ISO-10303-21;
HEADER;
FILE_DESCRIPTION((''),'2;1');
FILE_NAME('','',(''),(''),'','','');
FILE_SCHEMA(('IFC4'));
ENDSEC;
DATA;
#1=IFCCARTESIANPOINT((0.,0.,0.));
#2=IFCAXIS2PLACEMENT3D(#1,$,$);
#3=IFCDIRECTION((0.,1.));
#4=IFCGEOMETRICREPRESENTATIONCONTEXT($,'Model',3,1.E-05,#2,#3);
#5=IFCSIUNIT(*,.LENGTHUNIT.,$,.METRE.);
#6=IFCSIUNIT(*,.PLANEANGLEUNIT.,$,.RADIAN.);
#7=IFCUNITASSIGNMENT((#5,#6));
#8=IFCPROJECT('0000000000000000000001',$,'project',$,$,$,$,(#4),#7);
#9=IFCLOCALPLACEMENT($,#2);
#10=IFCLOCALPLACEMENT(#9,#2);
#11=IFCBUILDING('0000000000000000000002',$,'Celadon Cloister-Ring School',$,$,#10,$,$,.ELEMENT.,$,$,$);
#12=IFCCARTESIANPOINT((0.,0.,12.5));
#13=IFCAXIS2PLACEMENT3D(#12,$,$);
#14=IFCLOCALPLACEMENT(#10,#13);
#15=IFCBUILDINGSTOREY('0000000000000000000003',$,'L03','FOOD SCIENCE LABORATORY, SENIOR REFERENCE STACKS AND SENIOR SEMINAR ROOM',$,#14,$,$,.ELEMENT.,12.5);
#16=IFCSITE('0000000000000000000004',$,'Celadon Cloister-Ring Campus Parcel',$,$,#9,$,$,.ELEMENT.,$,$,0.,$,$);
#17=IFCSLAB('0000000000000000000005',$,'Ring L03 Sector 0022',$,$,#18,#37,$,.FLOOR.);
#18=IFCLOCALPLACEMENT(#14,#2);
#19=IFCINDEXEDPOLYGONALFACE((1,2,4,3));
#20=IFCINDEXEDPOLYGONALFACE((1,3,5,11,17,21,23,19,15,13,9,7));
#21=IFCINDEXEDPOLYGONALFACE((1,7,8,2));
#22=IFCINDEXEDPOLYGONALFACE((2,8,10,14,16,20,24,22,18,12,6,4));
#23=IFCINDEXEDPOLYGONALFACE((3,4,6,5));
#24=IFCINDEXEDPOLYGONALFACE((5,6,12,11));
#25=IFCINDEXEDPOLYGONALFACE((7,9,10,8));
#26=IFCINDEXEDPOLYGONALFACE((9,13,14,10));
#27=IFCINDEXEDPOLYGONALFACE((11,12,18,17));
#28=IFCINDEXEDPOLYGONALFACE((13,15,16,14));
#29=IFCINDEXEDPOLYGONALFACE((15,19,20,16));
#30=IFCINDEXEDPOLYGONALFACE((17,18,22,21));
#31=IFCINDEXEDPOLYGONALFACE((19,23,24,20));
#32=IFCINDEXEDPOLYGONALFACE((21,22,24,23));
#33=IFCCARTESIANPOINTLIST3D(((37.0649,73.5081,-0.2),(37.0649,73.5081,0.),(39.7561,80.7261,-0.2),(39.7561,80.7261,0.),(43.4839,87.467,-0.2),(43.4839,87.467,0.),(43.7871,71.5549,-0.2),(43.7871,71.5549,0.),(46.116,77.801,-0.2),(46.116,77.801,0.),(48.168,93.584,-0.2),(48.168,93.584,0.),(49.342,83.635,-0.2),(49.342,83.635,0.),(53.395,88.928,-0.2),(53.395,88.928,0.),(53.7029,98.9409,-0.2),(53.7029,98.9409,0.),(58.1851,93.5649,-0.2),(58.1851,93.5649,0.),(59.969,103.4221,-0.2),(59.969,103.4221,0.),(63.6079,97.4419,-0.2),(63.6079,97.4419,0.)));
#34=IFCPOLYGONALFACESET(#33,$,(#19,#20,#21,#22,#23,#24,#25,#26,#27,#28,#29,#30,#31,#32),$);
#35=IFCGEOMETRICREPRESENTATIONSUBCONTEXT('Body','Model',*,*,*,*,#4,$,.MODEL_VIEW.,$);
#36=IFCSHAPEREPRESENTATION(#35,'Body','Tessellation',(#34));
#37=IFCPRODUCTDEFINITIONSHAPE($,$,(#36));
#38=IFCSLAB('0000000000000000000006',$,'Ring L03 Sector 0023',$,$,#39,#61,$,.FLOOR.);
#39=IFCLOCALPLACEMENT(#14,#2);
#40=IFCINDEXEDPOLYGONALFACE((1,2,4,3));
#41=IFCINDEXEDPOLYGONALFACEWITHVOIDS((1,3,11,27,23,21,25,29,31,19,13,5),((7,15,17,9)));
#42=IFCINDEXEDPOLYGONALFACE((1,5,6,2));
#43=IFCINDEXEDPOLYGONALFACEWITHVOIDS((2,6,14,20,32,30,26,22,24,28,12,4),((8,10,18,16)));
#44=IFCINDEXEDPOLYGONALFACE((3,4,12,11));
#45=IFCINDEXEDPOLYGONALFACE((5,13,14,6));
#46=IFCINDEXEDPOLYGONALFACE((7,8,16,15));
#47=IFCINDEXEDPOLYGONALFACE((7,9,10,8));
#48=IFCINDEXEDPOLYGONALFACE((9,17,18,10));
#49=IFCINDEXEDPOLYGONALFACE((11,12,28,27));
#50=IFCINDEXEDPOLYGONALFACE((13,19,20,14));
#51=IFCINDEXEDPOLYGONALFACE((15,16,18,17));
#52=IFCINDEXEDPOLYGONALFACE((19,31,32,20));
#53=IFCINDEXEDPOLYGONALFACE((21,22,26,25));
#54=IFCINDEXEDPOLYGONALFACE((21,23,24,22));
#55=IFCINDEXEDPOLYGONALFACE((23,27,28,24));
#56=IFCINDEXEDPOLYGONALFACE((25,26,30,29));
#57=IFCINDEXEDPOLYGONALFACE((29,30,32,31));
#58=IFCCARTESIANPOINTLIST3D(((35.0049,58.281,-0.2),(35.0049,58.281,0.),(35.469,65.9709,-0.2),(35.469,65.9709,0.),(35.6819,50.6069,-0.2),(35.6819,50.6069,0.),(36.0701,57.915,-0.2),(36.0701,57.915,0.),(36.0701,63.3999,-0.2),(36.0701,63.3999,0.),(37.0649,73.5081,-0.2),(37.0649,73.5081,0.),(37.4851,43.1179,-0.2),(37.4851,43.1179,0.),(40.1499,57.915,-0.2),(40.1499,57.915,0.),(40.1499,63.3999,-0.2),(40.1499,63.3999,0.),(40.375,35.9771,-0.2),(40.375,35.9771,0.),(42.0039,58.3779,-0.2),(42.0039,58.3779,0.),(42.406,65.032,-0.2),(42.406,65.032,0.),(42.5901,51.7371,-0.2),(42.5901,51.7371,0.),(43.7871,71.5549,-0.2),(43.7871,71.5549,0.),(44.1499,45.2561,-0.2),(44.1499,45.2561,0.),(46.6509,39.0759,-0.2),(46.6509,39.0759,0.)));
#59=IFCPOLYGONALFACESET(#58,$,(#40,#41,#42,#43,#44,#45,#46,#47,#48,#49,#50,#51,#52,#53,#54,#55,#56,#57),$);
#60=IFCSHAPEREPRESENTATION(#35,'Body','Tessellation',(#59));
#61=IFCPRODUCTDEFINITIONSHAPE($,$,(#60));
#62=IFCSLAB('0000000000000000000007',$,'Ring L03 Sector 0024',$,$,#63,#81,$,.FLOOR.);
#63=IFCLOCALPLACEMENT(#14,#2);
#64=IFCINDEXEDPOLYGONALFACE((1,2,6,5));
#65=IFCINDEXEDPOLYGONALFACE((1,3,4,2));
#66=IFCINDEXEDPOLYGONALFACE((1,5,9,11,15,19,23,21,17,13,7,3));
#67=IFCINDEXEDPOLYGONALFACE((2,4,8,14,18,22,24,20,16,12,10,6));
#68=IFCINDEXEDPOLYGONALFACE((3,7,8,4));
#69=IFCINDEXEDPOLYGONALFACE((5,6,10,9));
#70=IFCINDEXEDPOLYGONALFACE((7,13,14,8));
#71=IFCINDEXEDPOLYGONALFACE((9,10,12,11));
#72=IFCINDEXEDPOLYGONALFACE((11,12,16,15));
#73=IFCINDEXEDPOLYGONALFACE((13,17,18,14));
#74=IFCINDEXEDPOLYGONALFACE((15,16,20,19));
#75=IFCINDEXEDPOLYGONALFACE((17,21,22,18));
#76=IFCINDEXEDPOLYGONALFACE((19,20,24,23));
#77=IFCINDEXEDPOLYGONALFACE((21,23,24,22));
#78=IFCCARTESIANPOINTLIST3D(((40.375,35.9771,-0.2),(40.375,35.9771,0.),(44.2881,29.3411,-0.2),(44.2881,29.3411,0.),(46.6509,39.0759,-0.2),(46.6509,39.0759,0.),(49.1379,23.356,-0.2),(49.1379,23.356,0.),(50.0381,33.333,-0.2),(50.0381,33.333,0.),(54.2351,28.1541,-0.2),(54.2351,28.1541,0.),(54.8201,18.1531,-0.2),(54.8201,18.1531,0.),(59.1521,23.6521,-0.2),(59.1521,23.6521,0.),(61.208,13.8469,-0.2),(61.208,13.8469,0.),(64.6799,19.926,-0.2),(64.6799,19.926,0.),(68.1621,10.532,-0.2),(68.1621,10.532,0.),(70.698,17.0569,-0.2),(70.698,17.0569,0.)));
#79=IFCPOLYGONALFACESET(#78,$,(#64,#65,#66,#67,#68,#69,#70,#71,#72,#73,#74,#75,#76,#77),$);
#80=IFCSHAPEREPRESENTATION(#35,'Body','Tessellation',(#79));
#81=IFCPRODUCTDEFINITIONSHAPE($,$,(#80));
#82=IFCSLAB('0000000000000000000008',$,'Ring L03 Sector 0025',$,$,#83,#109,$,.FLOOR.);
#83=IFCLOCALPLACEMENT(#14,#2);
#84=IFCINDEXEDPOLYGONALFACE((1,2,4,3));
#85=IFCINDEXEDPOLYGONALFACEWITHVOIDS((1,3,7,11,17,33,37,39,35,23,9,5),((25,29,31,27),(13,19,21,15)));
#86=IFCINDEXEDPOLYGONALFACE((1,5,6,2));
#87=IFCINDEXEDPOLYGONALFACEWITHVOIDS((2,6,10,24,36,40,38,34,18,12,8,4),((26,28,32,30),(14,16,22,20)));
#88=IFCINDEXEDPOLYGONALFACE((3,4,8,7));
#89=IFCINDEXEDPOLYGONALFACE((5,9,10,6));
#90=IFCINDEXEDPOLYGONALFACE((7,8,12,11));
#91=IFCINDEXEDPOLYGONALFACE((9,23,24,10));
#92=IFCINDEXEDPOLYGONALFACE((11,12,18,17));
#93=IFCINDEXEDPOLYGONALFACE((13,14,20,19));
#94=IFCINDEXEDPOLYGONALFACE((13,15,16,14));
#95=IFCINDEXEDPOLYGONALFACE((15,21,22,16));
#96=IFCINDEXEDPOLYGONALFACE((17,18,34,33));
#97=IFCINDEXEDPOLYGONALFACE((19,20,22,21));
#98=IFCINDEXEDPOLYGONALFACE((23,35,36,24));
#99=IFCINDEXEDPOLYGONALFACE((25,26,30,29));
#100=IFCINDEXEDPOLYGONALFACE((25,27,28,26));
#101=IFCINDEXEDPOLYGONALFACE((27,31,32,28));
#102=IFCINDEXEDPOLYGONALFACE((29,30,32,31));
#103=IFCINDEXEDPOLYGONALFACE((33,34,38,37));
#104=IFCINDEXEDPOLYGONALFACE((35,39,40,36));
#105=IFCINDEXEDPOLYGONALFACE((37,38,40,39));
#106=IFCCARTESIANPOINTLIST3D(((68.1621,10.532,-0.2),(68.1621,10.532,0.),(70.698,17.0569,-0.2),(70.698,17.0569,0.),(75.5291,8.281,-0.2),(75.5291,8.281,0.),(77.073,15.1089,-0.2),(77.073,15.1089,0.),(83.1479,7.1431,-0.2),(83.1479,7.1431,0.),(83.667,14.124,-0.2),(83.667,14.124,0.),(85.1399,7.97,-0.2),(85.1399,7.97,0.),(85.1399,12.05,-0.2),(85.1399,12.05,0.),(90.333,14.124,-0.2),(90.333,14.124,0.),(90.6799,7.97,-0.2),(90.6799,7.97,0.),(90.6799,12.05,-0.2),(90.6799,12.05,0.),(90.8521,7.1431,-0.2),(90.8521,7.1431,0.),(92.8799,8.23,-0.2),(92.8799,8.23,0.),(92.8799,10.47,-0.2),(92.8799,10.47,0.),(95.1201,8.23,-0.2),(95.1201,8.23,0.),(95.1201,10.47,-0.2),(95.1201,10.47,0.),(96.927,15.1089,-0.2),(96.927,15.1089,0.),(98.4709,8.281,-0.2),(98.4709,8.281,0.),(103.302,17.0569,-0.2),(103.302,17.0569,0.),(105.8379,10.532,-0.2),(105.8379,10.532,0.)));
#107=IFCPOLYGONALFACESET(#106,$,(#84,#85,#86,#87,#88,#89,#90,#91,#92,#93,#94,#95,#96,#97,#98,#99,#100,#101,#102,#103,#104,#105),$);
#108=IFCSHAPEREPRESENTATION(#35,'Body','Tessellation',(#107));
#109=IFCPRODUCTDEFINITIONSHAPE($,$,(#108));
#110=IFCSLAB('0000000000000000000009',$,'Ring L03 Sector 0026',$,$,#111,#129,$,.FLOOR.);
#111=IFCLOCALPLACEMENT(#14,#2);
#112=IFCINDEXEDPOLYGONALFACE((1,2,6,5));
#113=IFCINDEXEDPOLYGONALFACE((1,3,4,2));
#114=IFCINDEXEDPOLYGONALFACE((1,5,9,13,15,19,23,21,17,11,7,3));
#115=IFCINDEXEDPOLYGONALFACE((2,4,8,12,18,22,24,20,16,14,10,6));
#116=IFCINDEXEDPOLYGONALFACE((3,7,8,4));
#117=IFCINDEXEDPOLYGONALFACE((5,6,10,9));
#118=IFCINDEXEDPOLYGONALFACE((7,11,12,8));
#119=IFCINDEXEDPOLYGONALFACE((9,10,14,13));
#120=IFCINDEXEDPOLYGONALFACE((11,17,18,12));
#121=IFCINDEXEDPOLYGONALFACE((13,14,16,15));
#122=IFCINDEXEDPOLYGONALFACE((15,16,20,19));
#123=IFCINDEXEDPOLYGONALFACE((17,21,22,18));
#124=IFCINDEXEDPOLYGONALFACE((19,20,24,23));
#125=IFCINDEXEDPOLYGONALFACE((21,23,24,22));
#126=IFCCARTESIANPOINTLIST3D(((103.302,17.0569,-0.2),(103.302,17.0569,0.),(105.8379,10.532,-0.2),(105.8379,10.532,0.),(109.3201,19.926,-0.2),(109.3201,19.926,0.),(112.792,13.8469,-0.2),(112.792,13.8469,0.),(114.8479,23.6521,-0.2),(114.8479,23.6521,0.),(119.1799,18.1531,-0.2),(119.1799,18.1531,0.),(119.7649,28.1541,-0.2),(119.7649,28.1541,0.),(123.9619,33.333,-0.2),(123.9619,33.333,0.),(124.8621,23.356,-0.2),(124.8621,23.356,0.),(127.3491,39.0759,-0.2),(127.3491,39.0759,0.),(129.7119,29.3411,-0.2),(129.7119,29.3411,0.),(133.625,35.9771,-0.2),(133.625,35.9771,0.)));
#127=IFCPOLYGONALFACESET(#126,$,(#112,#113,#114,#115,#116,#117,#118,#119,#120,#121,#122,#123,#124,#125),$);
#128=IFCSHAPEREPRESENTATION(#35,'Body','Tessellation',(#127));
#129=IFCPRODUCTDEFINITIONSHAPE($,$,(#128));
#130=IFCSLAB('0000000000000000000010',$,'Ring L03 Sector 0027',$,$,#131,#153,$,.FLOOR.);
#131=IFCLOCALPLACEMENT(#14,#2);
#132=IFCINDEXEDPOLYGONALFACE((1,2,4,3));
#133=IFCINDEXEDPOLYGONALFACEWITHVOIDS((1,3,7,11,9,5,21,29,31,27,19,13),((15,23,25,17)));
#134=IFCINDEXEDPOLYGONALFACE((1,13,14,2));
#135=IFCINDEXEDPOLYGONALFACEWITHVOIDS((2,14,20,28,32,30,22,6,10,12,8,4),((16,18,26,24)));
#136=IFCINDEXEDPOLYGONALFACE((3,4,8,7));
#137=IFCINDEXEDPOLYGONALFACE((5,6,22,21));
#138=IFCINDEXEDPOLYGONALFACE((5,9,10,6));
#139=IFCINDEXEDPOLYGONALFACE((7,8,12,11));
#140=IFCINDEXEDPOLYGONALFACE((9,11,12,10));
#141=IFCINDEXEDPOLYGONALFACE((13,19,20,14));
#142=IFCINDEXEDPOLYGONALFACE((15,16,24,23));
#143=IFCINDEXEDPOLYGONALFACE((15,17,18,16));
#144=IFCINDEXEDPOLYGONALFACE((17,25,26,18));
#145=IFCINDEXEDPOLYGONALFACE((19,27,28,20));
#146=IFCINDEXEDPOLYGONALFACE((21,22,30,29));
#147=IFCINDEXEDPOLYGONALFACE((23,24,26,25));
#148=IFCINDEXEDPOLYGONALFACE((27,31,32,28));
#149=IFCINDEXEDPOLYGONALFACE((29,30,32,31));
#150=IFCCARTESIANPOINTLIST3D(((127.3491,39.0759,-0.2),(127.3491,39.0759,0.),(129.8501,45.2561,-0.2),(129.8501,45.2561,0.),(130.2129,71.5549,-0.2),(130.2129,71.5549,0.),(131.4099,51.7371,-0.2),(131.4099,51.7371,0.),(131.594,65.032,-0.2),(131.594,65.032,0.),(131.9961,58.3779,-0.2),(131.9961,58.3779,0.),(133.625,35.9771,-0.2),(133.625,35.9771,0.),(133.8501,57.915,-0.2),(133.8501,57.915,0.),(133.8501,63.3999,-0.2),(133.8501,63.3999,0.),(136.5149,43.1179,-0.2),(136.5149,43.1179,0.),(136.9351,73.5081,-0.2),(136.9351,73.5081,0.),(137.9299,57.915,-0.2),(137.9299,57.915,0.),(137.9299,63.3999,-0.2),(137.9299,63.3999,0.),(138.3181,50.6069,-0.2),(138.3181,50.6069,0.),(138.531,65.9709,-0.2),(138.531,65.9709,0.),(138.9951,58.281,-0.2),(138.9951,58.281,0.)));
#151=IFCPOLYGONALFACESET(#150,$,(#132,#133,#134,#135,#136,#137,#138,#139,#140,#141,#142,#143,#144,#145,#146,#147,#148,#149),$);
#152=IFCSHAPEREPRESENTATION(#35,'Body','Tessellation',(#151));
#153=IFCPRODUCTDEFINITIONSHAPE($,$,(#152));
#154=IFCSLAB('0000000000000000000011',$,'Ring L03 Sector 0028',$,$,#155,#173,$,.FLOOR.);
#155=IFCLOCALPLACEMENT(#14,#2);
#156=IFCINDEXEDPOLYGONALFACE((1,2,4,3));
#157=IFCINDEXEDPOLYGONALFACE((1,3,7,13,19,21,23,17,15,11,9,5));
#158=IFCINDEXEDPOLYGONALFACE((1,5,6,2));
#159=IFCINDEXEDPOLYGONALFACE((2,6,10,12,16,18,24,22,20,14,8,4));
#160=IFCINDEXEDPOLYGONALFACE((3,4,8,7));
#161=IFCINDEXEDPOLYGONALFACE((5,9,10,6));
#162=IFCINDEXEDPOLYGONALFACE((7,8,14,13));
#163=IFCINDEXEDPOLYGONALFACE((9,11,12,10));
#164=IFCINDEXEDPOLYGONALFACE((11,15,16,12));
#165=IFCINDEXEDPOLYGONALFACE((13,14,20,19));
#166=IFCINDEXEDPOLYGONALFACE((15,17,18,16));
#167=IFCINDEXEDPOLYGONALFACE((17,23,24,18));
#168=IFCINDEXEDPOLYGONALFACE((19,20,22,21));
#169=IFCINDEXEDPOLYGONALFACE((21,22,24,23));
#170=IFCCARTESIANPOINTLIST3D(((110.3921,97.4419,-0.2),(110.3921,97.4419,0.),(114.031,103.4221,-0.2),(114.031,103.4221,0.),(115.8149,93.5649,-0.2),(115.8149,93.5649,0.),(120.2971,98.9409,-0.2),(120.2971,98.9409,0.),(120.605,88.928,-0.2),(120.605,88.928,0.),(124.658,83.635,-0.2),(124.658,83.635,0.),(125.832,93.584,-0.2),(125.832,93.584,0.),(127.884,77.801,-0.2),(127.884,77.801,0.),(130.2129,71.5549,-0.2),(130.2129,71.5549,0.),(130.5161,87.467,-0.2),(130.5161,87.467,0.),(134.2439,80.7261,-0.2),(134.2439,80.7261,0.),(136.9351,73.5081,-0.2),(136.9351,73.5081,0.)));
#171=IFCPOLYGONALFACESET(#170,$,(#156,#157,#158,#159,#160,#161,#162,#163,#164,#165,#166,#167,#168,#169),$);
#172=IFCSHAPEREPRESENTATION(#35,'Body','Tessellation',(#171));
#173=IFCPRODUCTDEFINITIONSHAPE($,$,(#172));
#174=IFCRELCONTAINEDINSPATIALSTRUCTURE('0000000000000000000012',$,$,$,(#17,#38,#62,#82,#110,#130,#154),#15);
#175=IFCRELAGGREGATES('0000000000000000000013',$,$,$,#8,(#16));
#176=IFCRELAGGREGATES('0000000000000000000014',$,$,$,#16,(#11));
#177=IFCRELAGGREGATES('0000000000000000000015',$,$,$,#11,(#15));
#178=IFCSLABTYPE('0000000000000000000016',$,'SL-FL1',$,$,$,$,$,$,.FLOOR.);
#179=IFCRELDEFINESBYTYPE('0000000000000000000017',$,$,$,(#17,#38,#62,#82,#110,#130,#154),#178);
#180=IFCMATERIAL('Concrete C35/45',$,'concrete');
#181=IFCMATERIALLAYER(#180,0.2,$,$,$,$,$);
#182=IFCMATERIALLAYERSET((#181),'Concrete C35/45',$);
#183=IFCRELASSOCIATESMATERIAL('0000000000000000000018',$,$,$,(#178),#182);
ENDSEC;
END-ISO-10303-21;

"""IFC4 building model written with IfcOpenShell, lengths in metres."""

from ifc_helpers import new_model, si_unit, direction, frame, origin, place, context, subcontext, project, spatial, polyline, outline, extrude, material, layer, layer_set, type_object, element, save


model = new_model("IFC4")

# Units and contexts
model_context = context("Model", 3, precision=1e-05, world=origin(), true_north=direction((0.0, 1.0)))
body_context = subcontext(model_context, "Body", "Model", "MODEL_VIEW")
ifc_project = project(units=[si_unit("LENGTHUNIT", "METRE"), si_unit("PLANEANGLEUNIT", "RADIAN")], contexts=[model_context])

# Site, building, storey
site_placement = place(None, origin())
site = spatial("IfcSite", under=ifc_project, at=site_placement, Name="Celadon Cloister-Ring Campus Parcel", CompositionType="ELEMENT", RefElevation=0.0)
building_placement = place(site_placement, origin())
building = spatial("IfcBuilding", under=site, at=building_placement, Name="Celadon Cloister-Ring School", CompositionType="ELEMENT")
storey_placement = place(building_placement, frame((0.0, 0.0, 12.5)))
storey = spatial("IfcBuildingStorey", under=building, at=storey_placement, Name="L03", Description="FOOD SCIENCE LABORATORY, SENIOR REFERENCE STACKS AND SENIOR SEMINAR ROOM", CompositionType="ELEMENT", Elevation=12.5)

# Slabs
ifc_material_1 = material(Name="Concrete C35/45", Category="concrete")
ifc_layer_1 = layer(ifc_material_1, 0.2)
ifc_layer_set_1 = layer_set([ifc_layer_1], Name="Concrete C35/45")
slab_type_1 = type_object("IfcSlabType", Name="SL-FL1", PredefinedType="FLOOR", material=ifc_layer_set_1)
slab_1_placement = place(storey_placement, frame((0.0, 0.0, -0.2)))
element("IfcSlab", 1, at=slab_1_placement, inside=storey, type_object=slab_type_1, Name="Ring L03 Sector 0022", PredefinedType="FLOOR", context=body_context, shape_type="SweptSolid", body=[
    extrude(outline(polyline([(63.6079, 97.4419), (58.1851, 93.5649), (53.395, 88.928), (49.342, 83.635), (46.116, 77.801), (43.7871, 71.5549), (37.0649, 73.5081), (39.7561, 80.7261), (43.4839, 87.467), (48.168, 93.584), (53.7029, 98.9409), (59.969, 103.4221), (63.6079, 97.4419)])), origin(), (0.0, 0.0, 1.0), 0.2),
])
slab_2_placement = place(storey_placement, frame((0.0, 0.0, -0.2)))
element("IfcSlab", 2, at=slab_2_placement, inside=storey, type_object=slab_type_1, Name="Ring L03 Sector 0023", PredefinedType="FLOOR", context=body_context, shape_type="SweptSolid", body=[
    extrude(outline(polyline([(43.7871, 71.5549), (42.406, 65.032), (42.0039, 58.3779), (42.5901, 51.7371), (44.1499, 45.2561), (46.6509, 39.0759), (40.375, 35.9771), (37.4851, 43.1179), (35.6819, 50.6069), (35.0049, 58.281), (35.469, 65.9709), (37.0649, 73.5081), (43.7871, 71.5549)]), holes=[polyline([(40.1499, 57.915), (40.1499, 63.3999), (36.0701, 63.3999), (36.0701, 57.915), (40.1499, 57.915)])]), origin(), (0.0, 0.0, 1.0), 0.2),
])
slab_3_placement = place(storey_placement, frame((0.0, 0.0, -0.2)))
element("IfcSlab", 3, at=slab_3_placement, inside=storey, type_object=slab_type_1, Name="Ring L03 Sector 0024", PredefinedType="FLOOR", context=body_context, shape_type="SweptSolid", body=[
    extrude(outline(polyline([(46.6509, 39.0759), (50.0381, 33.333), (54.2351, 28.1541), (59.1521, 23.6521), (64.6799, 19.926), (70.698, 17.0569), (68.1621, 10.532), (61.208, 13.8469), (54.8201, 18.1531), (49.1379, 23.356), (44.2881, 29.3411), (40.375, 35.9771), (46.6509, 39.0759)])), origin(), (0.0, 0.0, 1.0), 0.2),
])
slab_4_placement = place(storey_placement, frame((0.0, 0.0, -0.2)))
element("IfcSlab", 4, at=slab_4_placement, inside=storey, type_object=slab_type_1, Name="Ring L03 Sector 0025", PredefinedType="FLOOR", context=body_context, shape_type="SweptSolid", body=[
    extrude(outline(polyline([(70.698, 17.0569), (77.073, 15.1089), (83.667, 14.124), (90.333, 14.124), (96.927, 15.1089), (103.302, 17.0569), (105.8379, 10.532), (98.4709, 8.281), (90.8521, 7.1431), (83.1479, 7.1431), (75.5291, 8.281), (68.1621, 10.532), (70.698, 17.0569)]), holes=[polyline([(95.1201, 8.23), (95.1201, 10.47), (92.8799, 10.47), (92.8799, 8.23), (95.1201, 8.23)]), polyline([(90.6799, 7.97), (90.6799, 12.05), (85.1399, 12.05), (85.1399, 7.97), (90.6799, 7.97)])]), origin(), (0.0, 0.0, 1.0), 0.2),
])
slab_5_placement = place(storey_placement, frame((0.0, 0.0, -0.2)))
element("IfcSlab", 5, at=slab_5_placement, inside=storey, type_object=slab_type_1, Name="Ring L03 Sector 0026", PredefinedType="FLOOR", context=body_context, shape_type="SweptSolid", body=[
    extrude(outline(polyline([(103.302, 17.0569), (109.3201, 19.926), (114.8479, 23.6521), (119.7649, 28.1541), (123.9619, 33.333), (127.3491, 39.0759), (133.625, 35.9771), (129.7119, 29.3411), (124.8621, 23.356), (119.1799, 18.1531), (112.792, 13.8469), (105.8379, 10.532), (103.302, 17.0569)])), origin(), (0.0, 0.0, 1.0), 0.2),
])
slab_6_placement = place(storey_placement, frame((0.0, 0.0, -0.2)))
element("IfcSlab", 6, at=slab_6_placement, inside=storey, type_object=slab_type_1, Name="Ring L03 Sector 0027", PredefinedType="FLOOR", context=body_context, shape_type="SweptSolid", body=[
    extrude(outline(polyline([(127.3491, 39.0759), (129.8501, 45.2561), (131.4099, 51.7371), (131.9961, 58.3779), (131.594, 65.032), (130.2129, 71.5549), (136.9351, 73.5081), (138.531, 65.9709), (138.9951, 58.281), (138.3181, 50.6069), (136.5149, 43.1179), (133.625, 35.9771), (127.3491, 39.0759)]), holes=[polyline([(133.8501, 57.915), (137.9299, 57.915), (137.9299, 63.3999), (133.8501, 63.3999), (133.8501, 57.915)])]), origin(), (0.0, 0.0, 1.0), 0.2),
])
slab_7_placement = place(storey_placement, frame((0.0, 0.0, -0.2)))
element("IfcSlab", 7, at=slab_7_placement, inside=storey, type_object=slab_type_1, Name="Ring L03 Sector 0028", PredefinedType="FLOOR", context=body_context, shape_type="SweptSolid", body=[
    extrude(outline(polyline([(130.2129, 71.5549), (127.884, 77.801), (124.658, 83.635), (120.605, 88.928), (115.8149, 93.5649), (110.3921, 97.4419), (114.031, 103.4221), (120.2971, 98.9409), (125.832, 93.584), (130.5161, 87.467), (134.2439, 80.7261), (136.9351, 73.5081), (130.2129, 71.5549)])), origin(), (0.0, 0.0, 1.0), 0.2),
])

save(model, "model.ifc")
